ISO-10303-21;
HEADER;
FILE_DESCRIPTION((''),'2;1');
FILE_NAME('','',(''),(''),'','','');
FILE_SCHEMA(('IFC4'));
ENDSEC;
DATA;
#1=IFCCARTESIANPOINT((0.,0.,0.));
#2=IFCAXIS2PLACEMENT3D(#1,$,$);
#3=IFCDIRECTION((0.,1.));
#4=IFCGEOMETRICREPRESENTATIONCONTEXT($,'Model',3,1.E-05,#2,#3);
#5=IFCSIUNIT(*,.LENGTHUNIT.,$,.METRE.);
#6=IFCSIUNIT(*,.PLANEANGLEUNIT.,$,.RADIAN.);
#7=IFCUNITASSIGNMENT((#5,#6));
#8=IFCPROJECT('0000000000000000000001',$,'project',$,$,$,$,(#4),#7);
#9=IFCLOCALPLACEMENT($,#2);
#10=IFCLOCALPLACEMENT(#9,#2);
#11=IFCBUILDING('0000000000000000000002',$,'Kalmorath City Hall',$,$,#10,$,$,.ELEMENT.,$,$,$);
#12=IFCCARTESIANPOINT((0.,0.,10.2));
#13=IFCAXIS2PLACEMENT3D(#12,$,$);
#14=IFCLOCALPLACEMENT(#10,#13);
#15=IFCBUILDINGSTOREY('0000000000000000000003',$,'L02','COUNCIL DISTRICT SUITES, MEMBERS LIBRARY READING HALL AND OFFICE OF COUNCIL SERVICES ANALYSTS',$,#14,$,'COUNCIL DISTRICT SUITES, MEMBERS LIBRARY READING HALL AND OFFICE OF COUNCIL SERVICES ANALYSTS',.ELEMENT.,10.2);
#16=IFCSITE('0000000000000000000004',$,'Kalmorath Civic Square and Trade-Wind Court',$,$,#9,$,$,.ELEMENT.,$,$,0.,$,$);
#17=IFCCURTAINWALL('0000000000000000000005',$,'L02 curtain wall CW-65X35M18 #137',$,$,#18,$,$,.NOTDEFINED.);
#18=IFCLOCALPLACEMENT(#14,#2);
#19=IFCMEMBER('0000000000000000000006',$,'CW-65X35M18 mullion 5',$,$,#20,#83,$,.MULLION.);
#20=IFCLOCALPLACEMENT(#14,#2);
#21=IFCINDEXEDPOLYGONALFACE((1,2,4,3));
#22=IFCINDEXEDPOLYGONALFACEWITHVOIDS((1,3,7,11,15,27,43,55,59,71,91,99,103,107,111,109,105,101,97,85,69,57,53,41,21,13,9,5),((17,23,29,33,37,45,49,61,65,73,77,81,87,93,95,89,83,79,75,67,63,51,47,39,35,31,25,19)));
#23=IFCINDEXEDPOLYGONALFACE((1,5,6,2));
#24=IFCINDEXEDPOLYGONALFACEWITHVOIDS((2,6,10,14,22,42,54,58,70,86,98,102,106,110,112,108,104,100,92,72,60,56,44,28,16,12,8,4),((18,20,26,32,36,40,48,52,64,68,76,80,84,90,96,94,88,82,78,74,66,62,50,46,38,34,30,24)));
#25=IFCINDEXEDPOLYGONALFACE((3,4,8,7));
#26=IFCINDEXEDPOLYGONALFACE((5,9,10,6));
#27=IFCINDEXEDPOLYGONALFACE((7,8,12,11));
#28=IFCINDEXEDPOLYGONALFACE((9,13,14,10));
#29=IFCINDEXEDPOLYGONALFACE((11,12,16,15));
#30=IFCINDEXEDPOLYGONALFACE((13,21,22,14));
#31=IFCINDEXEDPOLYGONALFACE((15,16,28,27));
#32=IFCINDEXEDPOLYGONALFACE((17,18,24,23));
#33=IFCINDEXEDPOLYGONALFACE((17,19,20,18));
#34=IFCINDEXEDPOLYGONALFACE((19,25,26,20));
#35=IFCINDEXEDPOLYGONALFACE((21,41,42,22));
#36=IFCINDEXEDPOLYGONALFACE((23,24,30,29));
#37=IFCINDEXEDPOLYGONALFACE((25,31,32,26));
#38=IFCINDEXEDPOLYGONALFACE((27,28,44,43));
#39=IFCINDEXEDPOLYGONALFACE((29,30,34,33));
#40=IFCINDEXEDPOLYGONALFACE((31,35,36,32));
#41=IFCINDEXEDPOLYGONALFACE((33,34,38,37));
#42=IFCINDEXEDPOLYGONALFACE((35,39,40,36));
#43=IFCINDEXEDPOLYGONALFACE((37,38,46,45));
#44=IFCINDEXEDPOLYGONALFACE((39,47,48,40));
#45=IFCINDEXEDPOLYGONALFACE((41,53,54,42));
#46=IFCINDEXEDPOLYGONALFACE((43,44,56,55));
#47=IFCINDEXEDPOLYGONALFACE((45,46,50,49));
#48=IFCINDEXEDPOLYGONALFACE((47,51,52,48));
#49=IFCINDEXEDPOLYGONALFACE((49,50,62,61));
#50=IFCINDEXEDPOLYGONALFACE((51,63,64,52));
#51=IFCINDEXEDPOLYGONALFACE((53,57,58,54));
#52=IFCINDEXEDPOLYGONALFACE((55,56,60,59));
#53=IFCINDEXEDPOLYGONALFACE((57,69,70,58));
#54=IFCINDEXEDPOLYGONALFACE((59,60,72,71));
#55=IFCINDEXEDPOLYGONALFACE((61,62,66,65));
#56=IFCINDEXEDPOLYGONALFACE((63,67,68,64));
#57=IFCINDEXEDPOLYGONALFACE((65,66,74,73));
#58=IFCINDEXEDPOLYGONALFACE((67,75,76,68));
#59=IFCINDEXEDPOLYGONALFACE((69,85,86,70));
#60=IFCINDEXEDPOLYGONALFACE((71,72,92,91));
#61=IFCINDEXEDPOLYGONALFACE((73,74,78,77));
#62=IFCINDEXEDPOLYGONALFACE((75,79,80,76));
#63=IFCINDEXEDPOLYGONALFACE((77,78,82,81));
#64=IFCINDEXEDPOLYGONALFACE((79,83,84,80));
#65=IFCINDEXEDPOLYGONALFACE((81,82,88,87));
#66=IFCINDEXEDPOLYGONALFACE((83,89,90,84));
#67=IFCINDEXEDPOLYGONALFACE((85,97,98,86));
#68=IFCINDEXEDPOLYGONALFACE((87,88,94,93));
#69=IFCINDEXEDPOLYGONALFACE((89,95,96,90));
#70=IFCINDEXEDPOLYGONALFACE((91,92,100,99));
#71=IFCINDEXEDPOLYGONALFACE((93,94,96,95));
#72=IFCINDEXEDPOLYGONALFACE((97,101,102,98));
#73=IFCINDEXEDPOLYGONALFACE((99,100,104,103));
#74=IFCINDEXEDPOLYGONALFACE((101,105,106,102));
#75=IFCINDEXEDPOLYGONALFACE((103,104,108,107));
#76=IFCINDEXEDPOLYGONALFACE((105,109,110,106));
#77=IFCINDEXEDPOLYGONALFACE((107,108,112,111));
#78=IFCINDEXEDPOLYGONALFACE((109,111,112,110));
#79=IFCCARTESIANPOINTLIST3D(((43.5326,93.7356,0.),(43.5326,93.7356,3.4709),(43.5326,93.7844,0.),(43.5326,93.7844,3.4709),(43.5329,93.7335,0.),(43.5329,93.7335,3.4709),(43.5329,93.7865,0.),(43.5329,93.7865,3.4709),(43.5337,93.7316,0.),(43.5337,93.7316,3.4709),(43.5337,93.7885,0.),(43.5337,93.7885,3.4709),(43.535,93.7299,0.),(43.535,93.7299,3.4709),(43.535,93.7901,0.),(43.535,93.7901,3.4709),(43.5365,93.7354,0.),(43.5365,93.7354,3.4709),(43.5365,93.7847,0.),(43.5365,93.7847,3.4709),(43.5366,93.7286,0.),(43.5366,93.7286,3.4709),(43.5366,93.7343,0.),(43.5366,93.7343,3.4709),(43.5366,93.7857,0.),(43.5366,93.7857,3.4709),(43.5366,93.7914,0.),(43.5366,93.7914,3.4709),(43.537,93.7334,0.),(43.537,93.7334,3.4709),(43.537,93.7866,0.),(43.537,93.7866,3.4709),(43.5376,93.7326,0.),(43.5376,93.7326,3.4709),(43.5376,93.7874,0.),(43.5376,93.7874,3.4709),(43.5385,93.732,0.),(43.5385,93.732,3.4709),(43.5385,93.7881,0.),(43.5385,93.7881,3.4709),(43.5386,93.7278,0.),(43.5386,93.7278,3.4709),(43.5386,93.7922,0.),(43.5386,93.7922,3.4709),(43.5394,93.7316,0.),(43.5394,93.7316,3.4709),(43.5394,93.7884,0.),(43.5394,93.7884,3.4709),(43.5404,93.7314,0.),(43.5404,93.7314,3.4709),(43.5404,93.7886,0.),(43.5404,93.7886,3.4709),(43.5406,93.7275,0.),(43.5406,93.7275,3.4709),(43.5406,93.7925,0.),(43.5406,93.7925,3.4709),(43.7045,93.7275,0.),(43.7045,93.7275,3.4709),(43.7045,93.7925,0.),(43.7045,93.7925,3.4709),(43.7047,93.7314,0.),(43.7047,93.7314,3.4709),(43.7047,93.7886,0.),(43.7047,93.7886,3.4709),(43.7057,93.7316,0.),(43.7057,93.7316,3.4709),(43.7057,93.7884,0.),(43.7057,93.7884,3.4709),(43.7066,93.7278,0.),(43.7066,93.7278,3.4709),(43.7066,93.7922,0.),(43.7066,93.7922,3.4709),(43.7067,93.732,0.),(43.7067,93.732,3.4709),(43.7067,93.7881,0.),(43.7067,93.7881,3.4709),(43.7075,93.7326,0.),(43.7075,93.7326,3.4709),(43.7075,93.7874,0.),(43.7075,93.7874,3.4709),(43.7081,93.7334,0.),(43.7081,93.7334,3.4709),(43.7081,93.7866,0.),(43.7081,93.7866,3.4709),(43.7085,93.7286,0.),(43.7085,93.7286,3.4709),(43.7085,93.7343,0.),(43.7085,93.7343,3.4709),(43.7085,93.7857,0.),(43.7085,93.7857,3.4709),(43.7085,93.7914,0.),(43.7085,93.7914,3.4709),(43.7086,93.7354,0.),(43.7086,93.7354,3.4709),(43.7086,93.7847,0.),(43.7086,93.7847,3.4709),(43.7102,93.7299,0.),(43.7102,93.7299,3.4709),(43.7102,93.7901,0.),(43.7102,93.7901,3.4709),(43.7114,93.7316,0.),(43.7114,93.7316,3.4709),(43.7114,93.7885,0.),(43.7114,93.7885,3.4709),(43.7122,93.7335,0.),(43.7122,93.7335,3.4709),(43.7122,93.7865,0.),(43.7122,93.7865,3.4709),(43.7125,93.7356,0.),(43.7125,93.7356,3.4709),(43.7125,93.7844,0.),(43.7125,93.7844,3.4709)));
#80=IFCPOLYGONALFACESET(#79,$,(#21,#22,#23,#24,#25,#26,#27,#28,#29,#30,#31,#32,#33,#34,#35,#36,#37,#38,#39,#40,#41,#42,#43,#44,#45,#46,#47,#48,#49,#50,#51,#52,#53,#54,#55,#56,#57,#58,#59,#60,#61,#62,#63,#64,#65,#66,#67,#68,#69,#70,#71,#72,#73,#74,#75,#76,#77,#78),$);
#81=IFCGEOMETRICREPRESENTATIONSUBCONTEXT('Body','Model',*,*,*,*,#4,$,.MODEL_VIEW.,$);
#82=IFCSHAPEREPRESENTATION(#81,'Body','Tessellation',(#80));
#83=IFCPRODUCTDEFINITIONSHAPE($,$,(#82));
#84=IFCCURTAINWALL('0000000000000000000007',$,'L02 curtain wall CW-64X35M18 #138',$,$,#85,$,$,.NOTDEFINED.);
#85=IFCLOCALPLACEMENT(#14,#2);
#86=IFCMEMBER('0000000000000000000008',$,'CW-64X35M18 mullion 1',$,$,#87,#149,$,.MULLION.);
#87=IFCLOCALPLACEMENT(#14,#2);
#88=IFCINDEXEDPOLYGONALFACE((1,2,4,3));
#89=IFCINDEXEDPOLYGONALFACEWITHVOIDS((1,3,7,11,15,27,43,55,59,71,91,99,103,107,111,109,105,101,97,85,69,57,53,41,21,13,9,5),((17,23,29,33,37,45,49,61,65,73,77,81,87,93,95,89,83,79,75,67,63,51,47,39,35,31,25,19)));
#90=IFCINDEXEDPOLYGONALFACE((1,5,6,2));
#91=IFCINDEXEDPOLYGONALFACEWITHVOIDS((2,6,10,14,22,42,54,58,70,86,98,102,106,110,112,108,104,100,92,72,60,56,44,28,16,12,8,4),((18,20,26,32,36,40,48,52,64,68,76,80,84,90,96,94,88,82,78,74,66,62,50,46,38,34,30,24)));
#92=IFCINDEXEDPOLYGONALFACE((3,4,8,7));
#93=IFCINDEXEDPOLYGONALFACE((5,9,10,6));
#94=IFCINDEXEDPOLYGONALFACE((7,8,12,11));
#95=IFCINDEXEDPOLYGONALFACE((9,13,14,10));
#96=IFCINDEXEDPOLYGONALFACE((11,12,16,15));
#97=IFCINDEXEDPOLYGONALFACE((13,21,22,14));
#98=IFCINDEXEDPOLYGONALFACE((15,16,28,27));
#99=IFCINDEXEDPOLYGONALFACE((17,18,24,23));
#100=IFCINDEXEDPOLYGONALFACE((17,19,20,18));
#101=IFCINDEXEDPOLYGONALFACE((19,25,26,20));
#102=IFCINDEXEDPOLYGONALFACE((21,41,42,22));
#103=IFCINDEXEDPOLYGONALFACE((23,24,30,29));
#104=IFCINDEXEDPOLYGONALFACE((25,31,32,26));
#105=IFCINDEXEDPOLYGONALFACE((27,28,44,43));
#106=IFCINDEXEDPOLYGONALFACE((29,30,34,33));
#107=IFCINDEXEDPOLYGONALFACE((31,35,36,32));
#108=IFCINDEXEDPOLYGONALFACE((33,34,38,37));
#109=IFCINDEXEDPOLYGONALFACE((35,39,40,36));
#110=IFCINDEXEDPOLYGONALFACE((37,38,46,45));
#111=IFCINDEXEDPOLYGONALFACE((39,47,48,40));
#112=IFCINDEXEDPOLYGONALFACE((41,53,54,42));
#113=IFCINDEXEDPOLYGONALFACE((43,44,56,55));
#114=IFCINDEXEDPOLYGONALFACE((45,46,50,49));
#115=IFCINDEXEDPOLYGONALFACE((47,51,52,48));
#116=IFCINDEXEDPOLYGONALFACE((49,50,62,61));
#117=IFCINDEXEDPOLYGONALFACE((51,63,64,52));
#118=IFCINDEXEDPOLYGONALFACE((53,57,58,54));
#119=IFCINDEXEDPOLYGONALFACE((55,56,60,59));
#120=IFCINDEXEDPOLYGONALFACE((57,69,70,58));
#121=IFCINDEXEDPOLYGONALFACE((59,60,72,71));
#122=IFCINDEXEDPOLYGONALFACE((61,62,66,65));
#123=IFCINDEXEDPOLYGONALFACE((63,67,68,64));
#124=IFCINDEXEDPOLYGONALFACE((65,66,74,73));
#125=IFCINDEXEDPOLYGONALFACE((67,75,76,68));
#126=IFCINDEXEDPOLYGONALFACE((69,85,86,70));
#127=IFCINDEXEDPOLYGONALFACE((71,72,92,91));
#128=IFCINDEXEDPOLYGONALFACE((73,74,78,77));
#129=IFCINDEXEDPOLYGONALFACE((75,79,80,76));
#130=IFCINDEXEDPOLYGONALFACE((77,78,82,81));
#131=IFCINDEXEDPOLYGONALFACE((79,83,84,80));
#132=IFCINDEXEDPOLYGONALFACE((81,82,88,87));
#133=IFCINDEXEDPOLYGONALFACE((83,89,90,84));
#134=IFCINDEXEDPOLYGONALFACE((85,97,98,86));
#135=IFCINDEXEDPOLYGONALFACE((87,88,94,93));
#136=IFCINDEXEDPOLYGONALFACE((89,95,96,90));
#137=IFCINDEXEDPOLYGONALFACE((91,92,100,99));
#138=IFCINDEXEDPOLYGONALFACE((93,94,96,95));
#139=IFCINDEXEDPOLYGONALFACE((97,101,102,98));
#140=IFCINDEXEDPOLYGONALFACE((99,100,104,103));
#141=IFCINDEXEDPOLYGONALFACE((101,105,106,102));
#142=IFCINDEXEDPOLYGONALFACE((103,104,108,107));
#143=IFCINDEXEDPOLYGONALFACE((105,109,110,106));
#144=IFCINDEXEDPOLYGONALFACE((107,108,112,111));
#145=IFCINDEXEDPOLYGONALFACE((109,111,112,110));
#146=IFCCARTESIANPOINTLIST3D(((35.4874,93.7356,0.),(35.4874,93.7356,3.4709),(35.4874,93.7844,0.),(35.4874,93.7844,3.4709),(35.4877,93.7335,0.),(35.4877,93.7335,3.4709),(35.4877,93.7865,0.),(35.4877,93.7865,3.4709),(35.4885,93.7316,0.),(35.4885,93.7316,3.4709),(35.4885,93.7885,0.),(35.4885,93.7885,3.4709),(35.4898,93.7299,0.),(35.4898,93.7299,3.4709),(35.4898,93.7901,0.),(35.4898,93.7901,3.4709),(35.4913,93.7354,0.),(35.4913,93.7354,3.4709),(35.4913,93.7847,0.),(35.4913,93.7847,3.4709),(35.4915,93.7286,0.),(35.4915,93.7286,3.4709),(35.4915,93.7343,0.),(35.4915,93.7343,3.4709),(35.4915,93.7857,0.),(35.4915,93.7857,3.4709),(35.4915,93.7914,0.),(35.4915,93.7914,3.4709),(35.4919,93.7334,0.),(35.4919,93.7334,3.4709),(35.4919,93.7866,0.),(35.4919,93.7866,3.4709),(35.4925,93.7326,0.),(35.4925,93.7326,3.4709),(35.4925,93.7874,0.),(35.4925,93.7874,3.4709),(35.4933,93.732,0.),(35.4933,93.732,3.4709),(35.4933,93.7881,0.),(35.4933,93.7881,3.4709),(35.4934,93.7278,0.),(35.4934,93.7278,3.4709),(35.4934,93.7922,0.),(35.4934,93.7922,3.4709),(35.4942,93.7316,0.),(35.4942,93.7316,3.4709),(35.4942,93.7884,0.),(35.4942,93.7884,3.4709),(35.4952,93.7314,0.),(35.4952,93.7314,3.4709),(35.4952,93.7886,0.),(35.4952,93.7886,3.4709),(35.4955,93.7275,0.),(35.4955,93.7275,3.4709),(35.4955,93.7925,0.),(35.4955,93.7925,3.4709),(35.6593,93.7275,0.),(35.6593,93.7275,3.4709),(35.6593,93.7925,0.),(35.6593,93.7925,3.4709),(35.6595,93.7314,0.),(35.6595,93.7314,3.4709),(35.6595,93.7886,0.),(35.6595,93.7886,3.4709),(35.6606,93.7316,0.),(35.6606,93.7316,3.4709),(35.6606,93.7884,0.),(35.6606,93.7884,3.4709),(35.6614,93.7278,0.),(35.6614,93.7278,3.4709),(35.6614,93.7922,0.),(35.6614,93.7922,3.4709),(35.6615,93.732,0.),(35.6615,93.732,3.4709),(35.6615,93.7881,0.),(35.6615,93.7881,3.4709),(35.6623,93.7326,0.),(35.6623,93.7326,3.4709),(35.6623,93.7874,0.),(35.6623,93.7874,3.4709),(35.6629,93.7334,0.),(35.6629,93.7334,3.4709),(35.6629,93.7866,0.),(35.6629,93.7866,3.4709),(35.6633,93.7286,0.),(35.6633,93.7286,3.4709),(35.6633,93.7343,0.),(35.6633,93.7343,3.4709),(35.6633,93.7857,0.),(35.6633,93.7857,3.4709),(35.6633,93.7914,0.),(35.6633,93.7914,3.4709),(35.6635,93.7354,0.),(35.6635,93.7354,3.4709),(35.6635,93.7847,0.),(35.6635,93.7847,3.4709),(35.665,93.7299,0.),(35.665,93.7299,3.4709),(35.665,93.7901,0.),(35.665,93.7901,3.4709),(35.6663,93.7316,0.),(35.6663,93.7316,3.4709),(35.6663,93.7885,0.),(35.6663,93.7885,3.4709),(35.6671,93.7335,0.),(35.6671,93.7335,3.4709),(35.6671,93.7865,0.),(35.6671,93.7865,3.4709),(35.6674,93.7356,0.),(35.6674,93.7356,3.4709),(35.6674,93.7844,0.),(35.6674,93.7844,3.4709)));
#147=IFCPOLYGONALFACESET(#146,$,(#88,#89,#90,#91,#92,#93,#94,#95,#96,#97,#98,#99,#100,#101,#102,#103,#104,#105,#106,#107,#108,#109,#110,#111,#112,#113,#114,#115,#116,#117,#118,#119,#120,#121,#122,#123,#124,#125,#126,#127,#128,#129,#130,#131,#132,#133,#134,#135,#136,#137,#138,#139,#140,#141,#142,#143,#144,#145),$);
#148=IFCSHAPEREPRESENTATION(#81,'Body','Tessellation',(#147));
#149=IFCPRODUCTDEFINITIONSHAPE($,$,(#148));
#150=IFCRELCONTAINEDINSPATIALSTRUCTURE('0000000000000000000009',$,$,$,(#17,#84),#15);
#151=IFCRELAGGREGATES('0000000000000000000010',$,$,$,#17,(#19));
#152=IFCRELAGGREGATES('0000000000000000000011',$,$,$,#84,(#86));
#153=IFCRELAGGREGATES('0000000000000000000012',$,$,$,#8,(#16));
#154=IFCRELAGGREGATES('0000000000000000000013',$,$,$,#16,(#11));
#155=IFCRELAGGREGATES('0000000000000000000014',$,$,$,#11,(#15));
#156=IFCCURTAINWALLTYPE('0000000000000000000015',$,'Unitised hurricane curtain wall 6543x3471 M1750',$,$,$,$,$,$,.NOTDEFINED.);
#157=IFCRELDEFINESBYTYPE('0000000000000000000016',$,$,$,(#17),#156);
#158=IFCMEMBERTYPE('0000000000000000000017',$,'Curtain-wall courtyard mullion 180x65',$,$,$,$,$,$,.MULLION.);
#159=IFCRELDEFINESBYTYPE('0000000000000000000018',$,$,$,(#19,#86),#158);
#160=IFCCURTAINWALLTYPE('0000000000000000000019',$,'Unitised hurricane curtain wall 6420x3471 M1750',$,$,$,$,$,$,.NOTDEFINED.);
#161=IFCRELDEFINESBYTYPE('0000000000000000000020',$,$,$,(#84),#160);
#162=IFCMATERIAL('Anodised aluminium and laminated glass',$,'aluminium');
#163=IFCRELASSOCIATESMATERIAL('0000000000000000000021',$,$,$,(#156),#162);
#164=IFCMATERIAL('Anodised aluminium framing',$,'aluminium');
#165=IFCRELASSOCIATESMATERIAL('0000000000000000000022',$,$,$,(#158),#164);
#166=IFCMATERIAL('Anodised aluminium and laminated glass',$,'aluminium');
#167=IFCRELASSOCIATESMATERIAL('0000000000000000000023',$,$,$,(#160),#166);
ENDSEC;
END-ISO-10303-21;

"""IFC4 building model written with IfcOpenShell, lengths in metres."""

from ifc_helpers import new_model, si_unit, direction, frame, origin, origin_2d, place, context, subcontext, project, spatial, hollow_rectangle, extrude, material, material_profile, profile_set, type_object, element, aggregate, save


model = new_model("IFC4")

# Units and contexts
model_context = context("Model", 3, precision=1e-05, world=origin(), true_north=direction((0.0, 1.0)))
body_context = subcontext(model_context, "Body", "Model", "MODEL_VIEW")
ifc_project = project(units=[si_unit("LENGTHUNIT", "METRE"), si_unit("PLANEANGLEUNIT", "RADIAN")], contexts=[model_context])

# Site, building, storey
site_placement = place(None, origin())
site = spatial("IfcSite", under=ifc_project, at=site_placement, Name="Kalmorath Civic Square and Trade-Wind Court", CompositionType="ELEMENT", RefElevation=0.0)
building_placement = place(site_placement, origin())
building = spatial("IfcBuilding", under=site, at=building_placement, Name="Kalmorath City Hall", CompositionType="ELEMENT")
storey_placement = place(building_placement, frame((0.0, 0.0, 10.2)))
storey = spatial("IfcBuildingStorey", under=building, at=storey_placement, Name="L02", Description="COUNCIL DISTRICT SUITES, MEMBERS LIBRARY READING HALL AND OFFICE OF COUNCIL SERVICES ANALYSTS", LongName="COUNCIL DISTRICT SUITES, MEMBERS LIBRARY READING HALL AND OFFICE OF COUNCIL SERVICES ANALYSTS", CompositionType="ELEMENT", Elevation=10.2)

# Curtain walls, members
ifc_material_1 = material(Name="Anodised aluminium and laminated glass", Category="aluminium")
curtain_wall_type_1 = type_object("IfcCurtainWallType", Name="Unitised hurricane curtain wall 6543x3471 M1750", PredefinedType="NOTDEFINED", material=ifc_material_1)
curtain_wall_1_placement = place(storey_placement, origin())
curtain_wall_1 = element("IfcCurtainWall", 1, at=curtain_wall_1_placement, inside=storey, type_object=curtain_wall_type_1, Name="L02 curtain wall CW-65X35M18 #137", PredefinedType="NOTDEFINED")
ifc_material_2 = material(Name="Anodised aluminium framing", Category="aluminium")
ifc_material_profile_1 = material_profile(ifc_material_2, hollow_rectangle(XDim=0.0649, YDim=0.1799, WallThickness=0.0039, InnerFilletRadius=0.0039, OuterFilletRadius=0.0081, at=origin_2d()), Name="ALU-MUL-180X65X4")
ifc_profile_set_1 = profile_set([ifc_material_profile_1], Name="Anodised aluminium framing")
member_type_1 = type_object("IfcMemberType", Name="Curtain-wall courtyard mullion 180x65", PredefinedType="MULLION", material=ifc_profile_set_1)
member_1_placement = place(storey_placement, frame((43.6226, 93.76, 0.0), z_axis=(0.0, 0.0, 1.0), x_axis=(0.0, -1.0, 0.0)))
member_1 = element("IfcMember", 2, at=member_1_placement, type_object=member_type_1, Name="CW-65X35M18 mullion 5", PredefinedType="MULLION", context=body_context, shape_type="SweptSolid", body=[
    extrude(hollow_rectangle(XDim=0.0649, YDim=0.1799, WallThickness=0.0039, InnerFilletRadius=0.0039, OuterFilletRadius=0.0081, at=origin_2d()), origin(), (0.0, 0.0, 1.0), 3.4709),
])
ifc_material_3 = material(Name="Anodised aluminium and laminated glass", Category="aluminium")
curtain_wall_type_2 = type_object("IfcCurtainWallType", Name="Unitised hurricane curtain wall 6420x3471 M1750", PredefinedType="NOTDEFINED", material=ifc_material_3)
curtain_wall_2_placement = place(storey_placement, origin())
curtain_wall_2 = element("IfcCurtainWall", 3, at=curtain_wall_2_placement, inside=storey, type_object=curtain_wall_type_2, Name="L02 curtain wall CW-64X35M18 #138", PredefinedType="NOTDEFINED")
member_2_placement = place(storey_placement, frame((35.5774, 93.76, 0.0), z_axis=(0.0, 0.0, 1.0), x_axis=(0.0, -1.0, 0.0)))
member_2 = element("IfcMember", 4, at=member_2_placement, type_object=member_type_1, Name="CW-64X35M18 mullion 1", PredefinedType="MULLION", context=body_context, shape_type="SweptSolid", body=[
    extrude(hollow_rectangle(XDim=0.0649, YDim=0.1799, WallThickness=0.0039, InnerFilletRadius=0.0039, OuterFilletRadius=0.0081, at=origin_2d()), origin(), (0.0, 0.0, 1.0), 3.4709),
])

aggregate(curtain_wall_1, [member_1])
aggregate(curtain_wall_2, [member_2])

save(model, "model.ifc")
